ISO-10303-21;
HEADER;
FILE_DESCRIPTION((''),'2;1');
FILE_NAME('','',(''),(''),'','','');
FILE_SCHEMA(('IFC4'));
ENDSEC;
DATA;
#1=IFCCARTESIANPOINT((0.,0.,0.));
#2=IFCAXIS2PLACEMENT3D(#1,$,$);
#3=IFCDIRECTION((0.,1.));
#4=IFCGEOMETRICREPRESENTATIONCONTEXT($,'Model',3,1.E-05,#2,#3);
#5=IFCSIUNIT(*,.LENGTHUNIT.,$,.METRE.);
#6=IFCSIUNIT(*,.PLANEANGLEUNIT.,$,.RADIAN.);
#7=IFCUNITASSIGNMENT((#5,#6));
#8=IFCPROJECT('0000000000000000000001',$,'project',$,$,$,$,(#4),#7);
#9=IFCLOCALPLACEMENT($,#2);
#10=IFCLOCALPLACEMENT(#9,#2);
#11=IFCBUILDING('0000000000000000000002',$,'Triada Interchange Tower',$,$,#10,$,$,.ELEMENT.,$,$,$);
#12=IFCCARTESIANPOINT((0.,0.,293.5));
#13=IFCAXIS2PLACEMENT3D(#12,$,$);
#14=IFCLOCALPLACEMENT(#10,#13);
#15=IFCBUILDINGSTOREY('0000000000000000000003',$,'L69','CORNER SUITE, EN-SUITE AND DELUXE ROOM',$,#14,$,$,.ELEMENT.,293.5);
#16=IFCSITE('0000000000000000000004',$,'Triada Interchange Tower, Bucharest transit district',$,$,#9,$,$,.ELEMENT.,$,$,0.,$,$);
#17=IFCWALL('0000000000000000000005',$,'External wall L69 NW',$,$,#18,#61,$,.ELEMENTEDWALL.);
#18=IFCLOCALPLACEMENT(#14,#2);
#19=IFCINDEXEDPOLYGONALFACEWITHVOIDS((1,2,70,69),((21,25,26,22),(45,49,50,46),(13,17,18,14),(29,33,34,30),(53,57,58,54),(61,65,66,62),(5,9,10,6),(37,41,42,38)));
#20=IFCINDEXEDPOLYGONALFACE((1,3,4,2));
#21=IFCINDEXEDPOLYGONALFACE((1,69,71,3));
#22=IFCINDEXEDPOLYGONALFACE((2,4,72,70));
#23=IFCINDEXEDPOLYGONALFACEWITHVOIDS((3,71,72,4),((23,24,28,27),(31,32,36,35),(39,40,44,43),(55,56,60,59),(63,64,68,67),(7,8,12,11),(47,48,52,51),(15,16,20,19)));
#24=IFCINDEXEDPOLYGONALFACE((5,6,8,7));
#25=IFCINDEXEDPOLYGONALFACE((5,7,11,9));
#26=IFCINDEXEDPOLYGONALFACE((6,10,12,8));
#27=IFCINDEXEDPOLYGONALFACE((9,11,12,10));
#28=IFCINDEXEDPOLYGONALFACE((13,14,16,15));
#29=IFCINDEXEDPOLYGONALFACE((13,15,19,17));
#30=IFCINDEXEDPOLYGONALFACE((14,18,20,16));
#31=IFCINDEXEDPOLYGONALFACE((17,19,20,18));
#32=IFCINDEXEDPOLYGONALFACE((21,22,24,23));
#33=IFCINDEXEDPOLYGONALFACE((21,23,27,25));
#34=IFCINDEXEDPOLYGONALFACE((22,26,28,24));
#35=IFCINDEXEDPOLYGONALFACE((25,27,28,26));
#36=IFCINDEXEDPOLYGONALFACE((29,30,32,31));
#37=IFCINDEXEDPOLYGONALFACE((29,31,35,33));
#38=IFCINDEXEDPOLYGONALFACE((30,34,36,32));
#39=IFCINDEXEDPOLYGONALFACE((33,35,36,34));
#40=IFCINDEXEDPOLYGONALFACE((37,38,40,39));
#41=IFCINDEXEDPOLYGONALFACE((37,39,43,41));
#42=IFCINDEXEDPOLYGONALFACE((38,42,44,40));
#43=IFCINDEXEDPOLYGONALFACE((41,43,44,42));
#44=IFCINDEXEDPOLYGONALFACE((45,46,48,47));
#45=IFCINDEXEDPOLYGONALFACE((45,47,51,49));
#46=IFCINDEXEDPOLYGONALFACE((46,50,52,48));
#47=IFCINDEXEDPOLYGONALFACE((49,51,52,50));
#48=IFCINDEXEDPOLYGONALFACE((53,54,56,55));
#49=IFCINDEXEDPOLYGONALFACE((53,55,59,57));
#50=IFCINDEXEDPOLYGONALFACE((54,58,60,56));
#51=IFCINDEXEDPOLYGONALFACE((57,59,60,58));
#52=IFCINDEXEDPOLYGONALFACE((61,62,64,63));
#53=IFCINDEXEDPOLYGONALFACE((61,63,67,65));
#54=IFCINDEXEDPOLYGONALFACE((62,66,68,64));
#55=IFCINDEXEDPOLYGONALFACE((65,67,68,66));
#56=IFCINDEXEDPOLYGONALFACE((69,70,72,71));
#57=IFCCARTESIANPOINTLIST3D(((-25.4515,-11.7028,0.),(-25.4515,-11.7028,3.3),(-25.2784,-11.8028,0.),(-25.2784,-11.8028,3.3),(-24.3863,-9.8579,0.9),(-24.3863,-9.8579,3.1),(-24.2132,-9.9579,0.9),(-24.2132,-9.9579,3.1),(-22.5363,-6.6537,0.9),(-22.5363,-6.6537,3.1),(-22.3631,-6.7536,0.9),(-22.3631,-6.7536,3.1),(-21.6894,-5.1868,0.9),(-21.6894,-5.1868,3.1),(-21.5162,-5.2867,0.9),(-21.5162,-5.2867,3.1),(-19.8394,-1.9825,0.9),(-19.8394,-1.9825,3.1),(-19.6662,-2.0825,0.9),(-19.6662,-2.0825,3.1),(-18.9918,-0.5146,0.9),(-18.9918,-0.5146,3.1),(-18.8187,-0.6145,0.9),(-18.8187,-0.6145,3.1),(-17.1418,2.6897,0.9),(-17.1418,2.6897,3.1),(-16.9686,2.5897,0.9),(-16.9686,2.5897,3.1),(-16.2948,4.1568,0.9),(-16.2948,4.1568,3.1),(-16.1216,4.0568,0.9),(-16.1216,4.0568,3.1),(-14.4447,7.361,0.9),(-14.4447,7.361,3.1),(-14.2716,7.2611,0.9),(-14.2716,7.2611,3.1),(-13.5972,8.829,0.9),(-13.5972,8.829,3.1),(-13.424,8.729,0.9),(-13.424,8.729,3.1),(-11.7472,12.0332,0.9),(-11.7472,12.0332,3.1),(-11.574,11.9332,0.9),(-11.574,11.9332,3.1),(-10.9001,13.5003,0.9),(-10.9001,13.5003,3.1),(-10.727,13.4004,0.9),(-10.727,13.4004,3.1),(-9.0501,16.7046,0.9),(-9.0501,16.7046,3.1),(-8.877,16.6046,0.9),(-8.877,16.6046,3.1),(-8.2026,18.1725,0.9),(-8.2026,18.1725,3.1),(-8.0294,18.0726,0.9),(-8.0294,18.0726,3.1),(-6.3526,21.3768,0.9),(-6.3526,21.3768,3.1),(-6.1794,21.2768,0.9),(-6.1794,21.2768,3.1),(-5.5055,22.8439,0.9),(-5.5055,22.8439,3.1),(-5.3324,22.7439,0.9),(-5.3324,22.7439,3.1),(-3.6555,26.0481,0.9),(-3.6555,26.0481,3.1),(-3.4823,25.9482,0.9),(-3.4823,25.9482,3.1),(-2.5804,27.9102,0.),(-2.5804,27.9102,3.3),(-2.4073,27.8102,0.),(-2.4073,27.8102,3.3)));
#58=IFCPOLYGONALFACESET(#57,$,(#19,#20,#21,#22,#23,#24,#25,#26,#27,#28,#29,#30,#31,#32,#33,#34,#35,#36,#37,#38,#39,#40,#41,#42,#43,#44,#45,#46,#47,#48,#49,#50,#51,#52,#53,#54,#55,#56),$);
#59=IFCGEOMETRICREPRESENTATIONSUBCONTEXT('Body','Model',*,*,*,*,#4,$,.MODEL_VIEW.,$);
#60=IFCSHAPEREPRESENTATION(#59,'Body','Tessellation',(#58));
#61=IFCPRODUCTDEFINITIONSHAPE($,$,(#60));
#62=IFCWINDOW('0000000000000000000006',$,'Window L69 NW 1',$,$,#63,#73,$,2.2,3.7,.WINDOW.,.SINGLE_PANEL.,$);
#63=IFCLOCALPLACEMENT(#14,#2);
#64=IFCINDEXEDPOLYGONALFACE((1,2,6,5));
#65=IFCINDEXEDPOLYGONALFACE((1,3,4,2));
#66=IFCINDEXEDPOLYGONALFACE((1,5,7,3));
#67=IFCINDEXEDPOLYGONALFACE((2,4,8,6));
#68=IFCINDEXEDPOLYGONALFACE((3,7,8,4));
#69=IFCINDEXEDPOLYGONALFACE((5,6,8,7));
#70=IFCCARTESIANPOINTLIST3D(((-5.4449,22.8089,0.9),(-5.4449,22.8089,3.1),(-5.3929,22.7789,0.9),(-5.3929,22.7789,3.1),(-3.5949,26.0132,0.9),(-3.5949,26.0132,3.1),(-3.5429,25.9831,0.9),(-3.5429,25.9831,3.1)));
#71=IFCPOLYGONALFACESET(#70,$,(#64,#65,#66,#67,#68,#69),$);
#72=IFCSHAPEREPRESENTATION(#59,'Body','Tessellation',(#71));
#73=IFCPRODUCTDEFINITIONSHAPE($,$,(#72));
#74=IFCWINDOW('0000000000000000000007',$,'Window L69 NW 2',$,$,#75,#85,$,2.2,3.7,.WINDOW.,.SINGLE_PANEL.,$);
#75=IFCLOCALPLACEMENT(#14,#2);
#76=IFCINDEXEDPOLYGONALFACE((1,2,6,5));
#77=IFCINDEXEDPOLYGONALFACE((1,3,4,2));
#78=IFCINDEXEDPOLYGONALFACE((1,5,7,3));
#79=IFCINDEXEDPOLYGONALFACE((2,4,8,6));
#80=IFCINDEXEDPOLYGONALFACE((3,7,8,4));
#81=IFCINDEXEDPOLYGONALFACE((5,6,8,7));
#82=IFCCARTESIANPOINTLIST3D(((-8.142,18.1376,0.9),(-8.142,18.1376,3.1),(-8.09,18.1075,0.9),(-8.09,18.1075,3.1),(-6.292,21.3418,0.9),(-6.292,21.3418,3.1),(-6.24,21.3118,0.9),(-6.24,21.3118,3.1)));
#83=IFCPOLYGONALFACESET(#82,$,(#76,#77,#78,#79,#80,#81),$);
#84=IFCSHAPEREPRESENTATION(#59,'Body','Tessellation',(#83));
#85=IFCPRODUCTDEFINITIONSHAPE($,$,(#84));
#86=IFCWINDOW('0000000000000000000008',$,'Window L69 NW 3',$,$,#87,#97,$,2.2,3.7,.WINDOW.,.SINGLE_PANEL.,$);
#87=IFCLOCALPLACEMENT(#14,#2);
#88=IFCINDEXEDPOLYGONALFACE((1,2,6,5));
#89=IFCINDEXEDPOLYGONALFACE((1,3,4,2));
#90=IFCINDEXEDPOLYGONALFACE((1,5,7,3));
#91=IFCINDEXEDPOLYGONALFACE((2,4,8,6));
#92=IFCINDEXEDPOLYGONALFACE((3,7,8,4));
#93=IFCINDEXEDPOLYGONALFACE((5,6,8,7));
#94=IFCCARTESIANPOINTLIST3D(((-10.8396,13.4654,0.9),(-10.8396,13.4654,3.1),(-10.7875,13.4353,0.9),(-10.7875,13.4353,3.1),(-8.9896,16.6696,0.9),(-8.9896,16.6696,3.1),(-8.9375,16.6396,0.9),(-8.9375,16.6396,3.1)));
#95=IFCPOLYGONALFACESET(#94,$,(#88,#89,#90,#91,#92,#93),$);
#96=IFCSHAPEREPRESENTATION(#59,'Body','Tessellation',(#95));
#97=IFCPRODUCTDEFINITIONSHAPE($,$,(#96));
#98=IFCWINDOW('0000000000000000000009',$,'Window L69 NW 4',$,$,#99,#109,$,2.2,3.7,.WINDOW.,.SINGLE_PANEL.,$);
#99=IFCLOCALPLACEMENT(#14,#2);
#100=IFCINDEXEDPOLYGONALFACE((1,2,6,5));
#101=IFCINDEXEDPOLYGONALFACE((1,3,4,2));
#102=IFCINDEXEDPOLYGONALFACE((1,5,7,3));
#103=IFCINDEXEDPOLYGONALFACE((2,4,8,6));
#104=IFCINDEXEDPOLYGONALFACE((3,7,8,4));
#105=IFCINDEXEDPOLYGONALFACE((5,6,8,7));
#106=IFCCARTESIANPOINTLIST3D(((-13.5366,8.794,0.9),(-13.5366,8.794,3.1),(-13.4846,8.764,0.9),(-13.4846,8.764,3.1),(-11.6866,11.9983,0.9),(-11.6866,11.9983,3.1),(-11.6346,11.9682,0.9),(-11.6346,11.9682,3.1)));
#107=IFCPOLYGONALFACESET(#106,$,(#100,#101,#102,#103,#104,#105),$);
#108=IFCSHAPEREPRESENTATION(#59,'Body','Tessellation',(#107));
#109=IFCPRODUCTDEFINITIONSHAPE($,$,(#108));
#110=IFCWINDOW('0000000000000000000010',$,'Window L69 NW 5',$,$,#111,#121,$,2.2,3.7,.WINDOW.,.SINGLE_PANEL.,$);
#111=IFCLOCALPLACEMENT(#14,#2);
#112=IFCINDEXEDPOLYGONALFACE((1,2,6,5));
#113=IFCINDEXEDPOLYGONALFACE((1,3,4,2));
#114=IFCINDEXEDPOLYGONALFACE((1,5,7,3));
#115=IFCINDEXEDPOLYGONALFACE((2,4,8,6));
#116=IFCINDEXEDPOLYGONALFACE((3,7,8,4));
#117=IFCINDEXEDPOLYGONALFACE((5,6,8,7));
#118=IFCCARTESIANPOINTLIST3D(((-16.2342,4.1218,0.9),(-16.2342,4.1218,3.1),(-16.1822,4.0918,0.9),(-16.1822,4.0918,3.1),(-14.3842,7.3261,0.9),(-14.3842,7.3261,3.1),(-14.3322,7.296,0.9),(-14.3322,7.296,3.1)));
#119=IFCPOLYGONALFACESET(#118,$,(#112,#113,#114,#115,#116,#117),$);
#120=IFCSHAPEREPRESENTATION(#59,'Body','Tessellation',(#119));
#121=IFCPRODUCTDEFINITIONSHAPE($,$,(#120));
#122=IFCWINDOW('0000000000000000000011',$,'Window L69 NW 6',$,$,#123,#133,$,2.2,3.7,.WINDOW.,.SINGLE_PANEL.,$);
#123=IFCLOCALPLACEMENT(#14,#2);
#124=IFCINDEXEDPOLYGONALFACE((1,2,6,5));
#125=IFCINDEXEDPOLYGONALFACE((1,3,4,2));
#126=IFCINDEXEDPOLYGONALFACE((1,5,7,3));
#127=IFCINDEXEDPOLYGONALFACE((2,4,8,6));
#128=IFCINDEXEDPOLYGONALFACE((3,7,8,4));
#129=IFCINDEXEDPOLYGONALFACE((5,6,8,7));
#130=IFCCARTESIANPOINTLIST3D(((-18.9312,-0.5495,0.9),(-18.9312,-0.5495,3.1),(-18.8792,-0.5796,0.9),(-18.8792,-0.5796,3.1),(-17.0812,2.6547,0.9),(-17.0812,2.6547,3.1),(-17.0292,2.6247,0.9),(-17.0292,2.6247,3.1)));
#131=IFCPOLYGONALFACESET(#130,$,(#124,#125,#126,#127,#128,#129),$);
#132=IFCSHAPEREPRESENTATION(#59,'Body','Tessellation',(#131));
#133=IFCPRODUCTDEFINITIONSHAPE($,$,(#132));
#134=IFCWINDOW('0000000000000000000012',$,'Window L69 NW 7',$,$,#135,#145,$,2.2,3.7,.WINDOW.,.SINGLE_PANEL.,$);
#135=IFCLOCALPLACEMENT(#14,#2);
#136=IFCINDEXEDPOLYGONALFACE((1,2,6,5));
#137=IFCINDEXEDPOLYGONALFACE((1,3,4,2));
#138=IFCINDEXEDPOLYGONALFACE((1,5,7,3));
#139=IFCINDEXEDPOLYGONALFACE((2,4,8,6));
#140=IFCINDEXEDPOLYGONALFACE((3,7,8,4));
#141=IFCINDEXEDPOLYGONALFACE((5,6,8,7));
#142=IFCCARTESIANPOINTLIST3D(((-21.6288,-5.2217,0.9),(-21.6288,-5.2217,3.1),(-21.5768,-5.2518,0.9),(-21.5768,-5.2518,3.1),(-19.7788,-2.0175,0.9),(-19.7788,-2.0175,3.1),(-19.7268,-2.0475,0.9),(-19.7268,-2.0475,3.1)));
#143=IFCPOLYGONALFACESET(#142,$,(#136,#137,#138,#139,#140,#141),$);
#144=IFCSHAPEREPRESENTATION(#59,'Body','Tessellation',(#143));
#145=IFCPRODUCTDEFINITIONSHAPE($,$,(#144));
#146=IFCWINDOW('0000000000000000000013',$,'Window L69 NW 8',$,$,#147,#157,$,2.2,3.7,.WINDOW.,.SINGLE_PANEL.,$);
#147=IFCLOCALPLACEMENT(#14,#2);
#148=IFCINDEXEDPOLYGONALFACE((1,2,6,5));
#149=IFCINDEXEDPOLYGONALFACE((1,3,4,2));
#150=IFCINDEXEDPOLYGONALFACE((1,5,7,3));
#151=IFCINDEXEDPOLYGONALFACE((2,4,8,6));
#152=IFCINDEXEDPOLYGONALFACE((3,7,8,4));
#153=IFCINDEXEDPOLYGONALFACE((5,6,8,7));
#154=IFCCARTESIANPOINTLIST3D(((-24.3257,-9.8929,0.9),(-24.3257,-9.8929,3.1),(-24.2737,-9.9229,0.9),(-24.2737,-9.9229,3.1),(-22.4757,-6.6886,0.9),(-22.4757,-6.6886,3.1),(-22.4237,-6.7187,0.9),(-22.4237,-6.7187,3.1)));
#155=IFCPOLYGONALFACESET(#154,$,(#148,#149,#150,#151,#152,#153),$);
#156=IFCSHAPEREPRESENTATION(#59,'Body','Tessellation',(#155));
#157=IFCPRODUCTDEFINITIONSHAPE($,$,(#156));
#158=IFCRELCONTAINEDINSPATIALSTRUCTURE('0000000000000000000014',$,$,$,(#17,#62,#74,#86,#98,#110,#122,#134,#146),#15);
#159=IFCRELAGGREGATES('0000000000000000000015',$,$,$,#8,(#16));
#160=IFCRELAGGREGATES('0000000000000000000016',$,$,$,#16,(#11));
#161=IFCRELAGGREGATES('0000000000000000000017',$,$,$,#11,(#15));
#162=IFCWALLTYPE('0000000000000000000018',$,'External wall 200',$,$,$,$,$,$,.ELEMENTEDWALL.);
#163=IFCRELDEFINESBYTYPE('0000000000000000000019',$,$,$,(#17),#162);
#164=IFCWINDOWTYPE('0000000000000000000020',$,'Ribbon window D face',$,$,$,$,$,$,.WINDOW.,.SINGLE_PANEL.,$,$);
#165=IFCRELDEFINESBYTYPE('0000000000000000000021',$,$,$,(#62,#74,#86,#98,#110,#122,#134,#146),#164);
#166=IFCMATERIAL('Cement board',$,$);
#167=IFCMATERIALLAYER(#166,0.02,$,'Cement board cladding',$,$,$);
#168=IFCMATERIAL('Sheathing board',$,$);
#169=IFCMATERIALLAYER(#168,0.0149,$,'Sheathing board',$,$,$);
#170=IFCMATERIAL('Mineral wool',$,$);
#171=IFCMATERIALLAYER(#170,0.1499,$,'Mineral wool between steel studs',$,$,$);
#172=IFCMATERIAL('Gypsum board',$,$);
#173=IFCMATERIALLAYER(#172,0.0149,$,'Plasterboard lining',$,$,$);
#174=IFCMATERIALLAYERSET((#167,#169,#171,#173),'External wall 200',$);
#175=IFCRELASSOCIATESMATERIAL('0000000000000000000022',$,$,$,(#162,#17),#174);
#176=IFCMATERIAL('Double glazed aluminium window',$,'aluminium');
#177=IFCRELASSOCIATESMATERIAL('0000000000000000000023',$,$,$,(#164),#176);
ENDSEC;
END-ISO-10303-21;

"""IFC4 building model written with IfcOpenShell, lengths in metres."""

from ifc_helpers import new_model, si_unit, direction, frame, frame_2d, origin, place, context, subcontext, project, spatial, rectangle, extrude, material, layer, layer_set, layer_usage, type_object, element, fill, save


model = new_model("IFC4")

# Units and contexts
model_context = context("Model", 3, precision=1e-05, world=origin(), true_north=direction((0.0, 1.0)))
body_context = subcontext(model_context, "Body", "Model", "MODEL_VIEW")
ifc_project = project(units=[si_unit("LENGTHUNIT", "METRE"), si_unit("PLANEANGLEUNIT", "RADIAN")], contexts=[model_context])

# Site, building, storey
site_placement = place(None, origin())
site = spatial("IfcSite", under=ifc_project, at=site_placement, Name="Triada Interchange Tower, Bucharest transit district", CompositionType="ELEMENT", RefElevation=0.0)
building_placement = place(site_placement, origin())
building = spatial("IfcBuilding", under=site, at=building_placement, Name="Triada Interchange Tower", CompositionType="ELEMENT")
storey_placement = place(building_placement, frame((0.0, 0.0, 293.5)))
storey = spatial("IfcBuildingStorey", under=building, at=storey_placement, Name="L69", Description="CORNER SUITE, EN-SUITE AND DELUXE ROOM", CompositionType="ELEMENT", Elevation=293.5)

# Wall, openings, windows
ifc_material_1 = material(Name="Cement board")
ifc_layer_1 = layer(ifc_material_1, 0.02, Name="Cement board cladding")
ifc_material_2 = material(Name="Sheathing board")
ifc_layer_2 = layer(ifc_material_2, 0.0149, Name="Sheathing board")
ifc_material_3 = material(Name="Mineral wool")
ifc_layer_3 = layer(ifc_material_3, 0.1499, Name="Mineral wool between steel studs")
ifc_material_4 = material(Name="Gypsum board")
ifc_layer_4 = layer(ifc_material_4, 0.0149, Name="Plasterboard lining")
ifc_layer_set_1 = layer_set([ifc_layer_1, ifc_layer_2, ifc_layer_3, ifc_layer_4], Name="External wall 200")
ifc_layer_usage = layer_usage(ifc_layer_set_1, "AXIS2", "POSITIVE", -0.1001)
wall_type_1 = type_object("IfcWallType", Name="External wall 200", PredefinedType="ELEMENTEDWALL", material=ifc_layer_set_1)
wall_1_placement = place(storey_placement, frame((-2.4939, 27.8601, 0.0), z_axis=(0.0, 0.0, 1.0), x_axis=(-0.500008, -0.866021, 0.0)))
wall_1 = element("IfcWall", 1, at=wall_1_placement, inside=storey, type_object=wall_type_1, material=ifc_layer_usage, Name="External wall L69 NW", PredefinedType="ELEMENTEDWALL", context=body_context, shape_type="SweptSolid", body=[
    extrude(rectangle(XDim=45.7415, YDim=0.2, at=frame_2d((22.8706, 0.0))), origin(), (0.0, 0.0, 1.0), 3.3),
])
opening_1_placement = place(wall_1_placement, frame((2.1499, 0.0, 0.8999)))
opening_1 = element("IfcOpeningElement", 2, at=opening_1_placement, cuts=wall_1, PredefinedType="OPENING", context=body_context, shape_type="SweptSolid", body=[
    extrude(rectangle(XDim=3.7, YDim=2.2, at=frame_2d((1.8501, 1.1001))), frame((0.0, 0.1099, 0.0), z_axis=(0.0, -1.0, 0.0), x_axis=(1.0, 0.0, 0.0)), (0.0, 0.0, 1.0), 0.22),
])
opening_2_placement = place(wall_1_placement, frame((7.5439, 0.0, 0.8999)))
opening_2 = element("IfcOpeningElement", 3, at=opening_2_placement, cuts=wall_1, PredefinedType="OPENING", context=body_context, shape_type="SweptSolid", body=[
    extrude(rectangle(XDim=3.7, YDim=2.2, at=frame_2d((1.8501, 1.1001))), frame((0.0, 0.1099, 0.0), z_axis=(0.0, -1.0, 0.0), x_axis=(1.0, 0.0, 0.0)), (0.0, 0.0, 1.0), 0.22),
])
opening_3_placement = place(wall_1_placement, frame((12.939, 0.0, 0.8999)))
opening_3 = element("IfcOpeningElement", 4, at=opening_3_placement, cuts=wall_1, PredefinedType="OPENING", context=body_context, shape_type="SweptSolid", body=[
    extrude(rectangle(XDim=3.7, YDim=2.2, at=frame_2d((1.8501, 1.1001))), frame((0.0, 0.1099, 0.0), z_axis=(0.0, -1.0, 0.0), x_axis=(1.0, 0.0, 0.0)), (0.0, 0.0, 1.0), 0.22),
])
opening_4_placement = place(wall_1_placement, frame((18.333, 0.0, 0.8999)))
opening_4 = element("IfcOpeningElement", 5, at=opening_4_placement, cuts=wall_1, PredefinedType="OPENING", context=body_context, shape_type="SweptSolid", body=[
    extrude(rectangle(XDim=3.7, YDim=2.2, at=frame_2d((1.8501, 1.1001))), frame((0.0, 0.1099, 0.0), z_axis=(0.0, -1.0, 0.0), x_axis=(1.0, 0.0, 0.0)), (0.0, 0.0, 1.0), 0.22),
])
opening_5_placement = place(wall_1_placement, frame((23.728, 0.0, 0.8999)))
opening_5 = element("IfcOpeningElement", 6, at=opening_5_placement, cuts=wall_1, PredefinedType="OPENING", context=body_context, shape_type="SweptSolid", body=[
    extrude(rectangle(XDim=3.7, YDim=2.2, at=frame_2d((1.8501, 1.1001))), frame((0.0, 0.1099, 0.0), z_axis=(0.0, -1.0, 0.0), x_axis=(1.0, 0.0, 0.0)), (0.0, 0.0, 1.0), 0.22),
])
opening_6_placement = place(wall_1_placement, frame((29.1221, 0.0, 0.8999)))
opening_6 = element("IfcOpeningElement", 7, at=opening_6_placement, cuts=wall_1, PredefinedType="OPENING", context=body_context, shape_type="SweptSolid", body=[
    extrude(rectangle(XDim=3.7, YDim=2.2, at=frame_2d((1.8501, 1.1001))), frame((0.0, 0.1099, 0.0), z_axis=(0.0, -1.0, 0.0), x_axis=(1.0, 0.0, 0.0)), (0.0, 0.0, 1.0), 0.22),
])
opening_7_placement = place(wall_1_placement, frame((34.5171, 0.0, 0.8999)))
opening_7 = element("IfcOpeningElement", 8, at=opening_7_placement, cuts=wall_1, PredefinedType="OPENING", context=body_context, shape_type="SweptSolid", body=[
    extrude(rectangle(XDim=3.7, YDim=2.2, at=frame_2d((1.8501, 1.1001))), frame((0.0, 0.1099, 0.0), z_axis=(0.0, -1.0, 0.0), x_axis=(1.0, 0.0, 0.0)), (0.0, 0.0, 1.0), 0.22),
])
opening_8_placement = place(wall_1_placement, frame((39.9109, 0.0, 0.8999)))
opening_8 = element("IfcOpeningElement", 9, at=opening_8_placement, cuts=wall_1, PredefinedType="OPENING", context=body_context, shape_type="SweptSolid", body=[
    extrude(rectangle(XDim=3.7, YDim=2.2, at=frame_2d((1.8501, 1.1001))), frame((0.0, 0.1099, 0.0), z_axis=(0.0, -1.0, 0.0), x_axis=(1.0, 0.0, 0.0)), (0.0, 0.0, 1.0), 0.22),
])
ifc_material_5 = material(Name="Double glazed aluminium window", Category="aluminium")
window_type = type_object("IfcWindowType", Name="Ribbon window D face", PartitioningType="SINGLE_PANEL", PredefinedType="WINDOW", material=ifc_material_5)
window_1_placement = place(opening_1_placement, origin())
window_1 = element("IfcWindow", 10, at=window_1_placement, inside=storey, type_object=window_type, Name="Window L69 NW 1", OverallHeight=2.2, OverallWidth=3.7, PartitioningType="SINGLE_PANEL", PredefinedType="WINDOW", context=body_context, shape_type="SweptSolid", body=[
    extrude(rectangle(XDim=3.7, YDim=2.2, at=frame_2d((1.8501, 1.1001))), frame((0.0, 0.03, 0.0), z_axis=(0.0, -1.0, 0.0), x_axis=(1.0, 0.0, 0.0)), (0.0, 0.0, 1.0), 0.0601),
])
fill(opening_1, window_1)
window_2_placement = place(opening_2_placement, origin())
window_2 = element("IfcWindow", 11, at=window_2_placement, inside=storey, type_object=window_type, Name="Window L69 NW 2", OverallHeight=2.2, OverallWidth=3.7, PartitioningType="SINGLE_PANEL", PredefinedType="WINDOW", context=body_context, shape_type="SweptSolid", body=[
    extrude(rectangle(XDim=3.7, YDim=2.2, at=frame_2d((1.8501, 1.1001))), frame((0.0, 0.03, 0.0), z_axis=(0.0, -1.0, 0.0), x_axis=(1.0, 0.0, 0.0)), (0.0, 0.0, 1.0), 0.0601),
])
fill(opening_2, window_2)
window_3_placement = place(opening_3_placement, origin())
window_3 = element("IfcWindow", 12, at=window_3_placement, inside=storey, type_object=window_type, Name="Window L69 NW 3", OverallHeight=2.2, OverallWidth=3.7, PartitioningType="SINGLE_PANEL", PredefinedType="WINDOW", context=body_context, shape_type="SweptSolid", body=[
    extrude(rectangle(XDim=3.7, YDim=2.2, at=frame_2d((1.8501, 1.1001))), frame((0.0, 0.03, 0.0), z_axis=(0.0, -1.0, 0.0), x_axis=(1.0, 0.0, 0.0)), (0.0, 0.0, 1.0), 0.0601),
])
fill(opening_3, window_3)
window_4_placement = place(opening_4_placement, origin())
window_4 = element("IfcWindow", 13, at=window_4_placement, inside=storey, type_object=window_type, Name="Window L69 NW 4", OverallHeight=2.2, OverallWidth=3.7, PartitioningType="SINGLE_PANEL", PredefinedType="WINDOW", context=body_context, shape_type="SweptSolid", body=[
    extrude(rectangle(XDim=3.7, YDim=2.2, at=frame_2d((1.8501, 1.1001))), frame((0.0, 0.03, 0.0), z_axis=(0.0, -1.0, 0.0), x_axis=(1.0, 0.0, 0.0)), (0.0, 0.0, 1.0), 0.0601),
])
fill(opening_4, window_4)
window_5_placement = place(opening_5_placement, origin())
window_5 = element("IfcWindow", 14, at=window_5_placement, inside=storey, type_object=window_type, Name="Window L69 NW 5", OverallHeight=2.2, OverallWidth=3.7, PartitioningType="SINGLE_PANEL", PredefinedType="WINDOW", context=body_context, shape_type="SweptSolid", body=[
    extrude(rectangle(XDim=3.7, YDim=2.2, at=frame_2d((1.8501, 1.1001))), frame((0.0, 0.03, 0.0), z_axis=(0.0, -1.0, 0.0), x_axis=(1.0, 0.0, 0.0)), (0.0, 0.0, 1.0), 0.0601),
])
fill(opening_5, window_5)
window_6_placement = place(opening_6_placement, origin())
window_6 = element("IfcWindow", 15, at=window_6_placement, inside=storey, type_object=window_type, Name="Window L69 NW 6", OverallHeight=2.2, OverallWidth=3.7, PartitioningType="SINGLE_PANEL", PredefinedType="WINDOW", context=body_context, shape_type="SweptSolid", body=[
    extrude(rectangle(XDim=3.7, YDim=2.2, at=frame_2d((1.8501, 1.1001))), frame((0.0, 0.03, 0.0), z_axis=(0.0, -1.0, 0.0), x_axis=(1.0, 0.0, 0.0)), (0.0, 0.0, 1.0), 0.0601),
])
fill(opening_6, window_6)
window_7_placement = place(opening_7_placement, origin())
window_7 = element("IfcWindow", 16, at=window_7_placement, inside=storey, type_object=window_type, Name="Window L69 NW 7", OverallHeight=2.2, OverallWidth=3.7, PartitioningType="SINGLE_PANEL", PredefinedType="WINDOW", context=body_context, shape_type="SweptSolid", body=[
    extrude(rectangle(XDim=3.7, YDim=2.2, at=frame_2d((1.8501, 1.1001))), frame((0.0, 0.03, 0.0), z_axis=(0.0, -1.0, 0.0), x_axis=(1.0, 0.0, 0.0)), (0.0, 0.0, 1.0), 0.0601),
])
fill(opening_7, window_7)
window_8_placement = place(opening_8_placement, origin())
window_8 = element("IfcWindow", 17, at=window_8_placement, inside=storey, type_object=window_type, Name="Window L69 NW 8", OverallHeight=2.2, OverallWidth=3.7, PartitioningType="SINGLE_PANEL", PredefinedType="WINDOW", context=body_context, shape_type="SweptSolid", body=[
    extrude(rectangle(XDim=3.7, YDim=2.2, at=frame_2d((1.8501, 1.1001))), frame((0.0, 0.03, 0.0), z_axis=(0.0, -1.0, 0.0), x_axis=(1.0, 0.0, 0.0)), (0.0, 0.0, 1.0), 0.0601),
])
fill(opening_8, window_8)

save(model, "model.ifc")
